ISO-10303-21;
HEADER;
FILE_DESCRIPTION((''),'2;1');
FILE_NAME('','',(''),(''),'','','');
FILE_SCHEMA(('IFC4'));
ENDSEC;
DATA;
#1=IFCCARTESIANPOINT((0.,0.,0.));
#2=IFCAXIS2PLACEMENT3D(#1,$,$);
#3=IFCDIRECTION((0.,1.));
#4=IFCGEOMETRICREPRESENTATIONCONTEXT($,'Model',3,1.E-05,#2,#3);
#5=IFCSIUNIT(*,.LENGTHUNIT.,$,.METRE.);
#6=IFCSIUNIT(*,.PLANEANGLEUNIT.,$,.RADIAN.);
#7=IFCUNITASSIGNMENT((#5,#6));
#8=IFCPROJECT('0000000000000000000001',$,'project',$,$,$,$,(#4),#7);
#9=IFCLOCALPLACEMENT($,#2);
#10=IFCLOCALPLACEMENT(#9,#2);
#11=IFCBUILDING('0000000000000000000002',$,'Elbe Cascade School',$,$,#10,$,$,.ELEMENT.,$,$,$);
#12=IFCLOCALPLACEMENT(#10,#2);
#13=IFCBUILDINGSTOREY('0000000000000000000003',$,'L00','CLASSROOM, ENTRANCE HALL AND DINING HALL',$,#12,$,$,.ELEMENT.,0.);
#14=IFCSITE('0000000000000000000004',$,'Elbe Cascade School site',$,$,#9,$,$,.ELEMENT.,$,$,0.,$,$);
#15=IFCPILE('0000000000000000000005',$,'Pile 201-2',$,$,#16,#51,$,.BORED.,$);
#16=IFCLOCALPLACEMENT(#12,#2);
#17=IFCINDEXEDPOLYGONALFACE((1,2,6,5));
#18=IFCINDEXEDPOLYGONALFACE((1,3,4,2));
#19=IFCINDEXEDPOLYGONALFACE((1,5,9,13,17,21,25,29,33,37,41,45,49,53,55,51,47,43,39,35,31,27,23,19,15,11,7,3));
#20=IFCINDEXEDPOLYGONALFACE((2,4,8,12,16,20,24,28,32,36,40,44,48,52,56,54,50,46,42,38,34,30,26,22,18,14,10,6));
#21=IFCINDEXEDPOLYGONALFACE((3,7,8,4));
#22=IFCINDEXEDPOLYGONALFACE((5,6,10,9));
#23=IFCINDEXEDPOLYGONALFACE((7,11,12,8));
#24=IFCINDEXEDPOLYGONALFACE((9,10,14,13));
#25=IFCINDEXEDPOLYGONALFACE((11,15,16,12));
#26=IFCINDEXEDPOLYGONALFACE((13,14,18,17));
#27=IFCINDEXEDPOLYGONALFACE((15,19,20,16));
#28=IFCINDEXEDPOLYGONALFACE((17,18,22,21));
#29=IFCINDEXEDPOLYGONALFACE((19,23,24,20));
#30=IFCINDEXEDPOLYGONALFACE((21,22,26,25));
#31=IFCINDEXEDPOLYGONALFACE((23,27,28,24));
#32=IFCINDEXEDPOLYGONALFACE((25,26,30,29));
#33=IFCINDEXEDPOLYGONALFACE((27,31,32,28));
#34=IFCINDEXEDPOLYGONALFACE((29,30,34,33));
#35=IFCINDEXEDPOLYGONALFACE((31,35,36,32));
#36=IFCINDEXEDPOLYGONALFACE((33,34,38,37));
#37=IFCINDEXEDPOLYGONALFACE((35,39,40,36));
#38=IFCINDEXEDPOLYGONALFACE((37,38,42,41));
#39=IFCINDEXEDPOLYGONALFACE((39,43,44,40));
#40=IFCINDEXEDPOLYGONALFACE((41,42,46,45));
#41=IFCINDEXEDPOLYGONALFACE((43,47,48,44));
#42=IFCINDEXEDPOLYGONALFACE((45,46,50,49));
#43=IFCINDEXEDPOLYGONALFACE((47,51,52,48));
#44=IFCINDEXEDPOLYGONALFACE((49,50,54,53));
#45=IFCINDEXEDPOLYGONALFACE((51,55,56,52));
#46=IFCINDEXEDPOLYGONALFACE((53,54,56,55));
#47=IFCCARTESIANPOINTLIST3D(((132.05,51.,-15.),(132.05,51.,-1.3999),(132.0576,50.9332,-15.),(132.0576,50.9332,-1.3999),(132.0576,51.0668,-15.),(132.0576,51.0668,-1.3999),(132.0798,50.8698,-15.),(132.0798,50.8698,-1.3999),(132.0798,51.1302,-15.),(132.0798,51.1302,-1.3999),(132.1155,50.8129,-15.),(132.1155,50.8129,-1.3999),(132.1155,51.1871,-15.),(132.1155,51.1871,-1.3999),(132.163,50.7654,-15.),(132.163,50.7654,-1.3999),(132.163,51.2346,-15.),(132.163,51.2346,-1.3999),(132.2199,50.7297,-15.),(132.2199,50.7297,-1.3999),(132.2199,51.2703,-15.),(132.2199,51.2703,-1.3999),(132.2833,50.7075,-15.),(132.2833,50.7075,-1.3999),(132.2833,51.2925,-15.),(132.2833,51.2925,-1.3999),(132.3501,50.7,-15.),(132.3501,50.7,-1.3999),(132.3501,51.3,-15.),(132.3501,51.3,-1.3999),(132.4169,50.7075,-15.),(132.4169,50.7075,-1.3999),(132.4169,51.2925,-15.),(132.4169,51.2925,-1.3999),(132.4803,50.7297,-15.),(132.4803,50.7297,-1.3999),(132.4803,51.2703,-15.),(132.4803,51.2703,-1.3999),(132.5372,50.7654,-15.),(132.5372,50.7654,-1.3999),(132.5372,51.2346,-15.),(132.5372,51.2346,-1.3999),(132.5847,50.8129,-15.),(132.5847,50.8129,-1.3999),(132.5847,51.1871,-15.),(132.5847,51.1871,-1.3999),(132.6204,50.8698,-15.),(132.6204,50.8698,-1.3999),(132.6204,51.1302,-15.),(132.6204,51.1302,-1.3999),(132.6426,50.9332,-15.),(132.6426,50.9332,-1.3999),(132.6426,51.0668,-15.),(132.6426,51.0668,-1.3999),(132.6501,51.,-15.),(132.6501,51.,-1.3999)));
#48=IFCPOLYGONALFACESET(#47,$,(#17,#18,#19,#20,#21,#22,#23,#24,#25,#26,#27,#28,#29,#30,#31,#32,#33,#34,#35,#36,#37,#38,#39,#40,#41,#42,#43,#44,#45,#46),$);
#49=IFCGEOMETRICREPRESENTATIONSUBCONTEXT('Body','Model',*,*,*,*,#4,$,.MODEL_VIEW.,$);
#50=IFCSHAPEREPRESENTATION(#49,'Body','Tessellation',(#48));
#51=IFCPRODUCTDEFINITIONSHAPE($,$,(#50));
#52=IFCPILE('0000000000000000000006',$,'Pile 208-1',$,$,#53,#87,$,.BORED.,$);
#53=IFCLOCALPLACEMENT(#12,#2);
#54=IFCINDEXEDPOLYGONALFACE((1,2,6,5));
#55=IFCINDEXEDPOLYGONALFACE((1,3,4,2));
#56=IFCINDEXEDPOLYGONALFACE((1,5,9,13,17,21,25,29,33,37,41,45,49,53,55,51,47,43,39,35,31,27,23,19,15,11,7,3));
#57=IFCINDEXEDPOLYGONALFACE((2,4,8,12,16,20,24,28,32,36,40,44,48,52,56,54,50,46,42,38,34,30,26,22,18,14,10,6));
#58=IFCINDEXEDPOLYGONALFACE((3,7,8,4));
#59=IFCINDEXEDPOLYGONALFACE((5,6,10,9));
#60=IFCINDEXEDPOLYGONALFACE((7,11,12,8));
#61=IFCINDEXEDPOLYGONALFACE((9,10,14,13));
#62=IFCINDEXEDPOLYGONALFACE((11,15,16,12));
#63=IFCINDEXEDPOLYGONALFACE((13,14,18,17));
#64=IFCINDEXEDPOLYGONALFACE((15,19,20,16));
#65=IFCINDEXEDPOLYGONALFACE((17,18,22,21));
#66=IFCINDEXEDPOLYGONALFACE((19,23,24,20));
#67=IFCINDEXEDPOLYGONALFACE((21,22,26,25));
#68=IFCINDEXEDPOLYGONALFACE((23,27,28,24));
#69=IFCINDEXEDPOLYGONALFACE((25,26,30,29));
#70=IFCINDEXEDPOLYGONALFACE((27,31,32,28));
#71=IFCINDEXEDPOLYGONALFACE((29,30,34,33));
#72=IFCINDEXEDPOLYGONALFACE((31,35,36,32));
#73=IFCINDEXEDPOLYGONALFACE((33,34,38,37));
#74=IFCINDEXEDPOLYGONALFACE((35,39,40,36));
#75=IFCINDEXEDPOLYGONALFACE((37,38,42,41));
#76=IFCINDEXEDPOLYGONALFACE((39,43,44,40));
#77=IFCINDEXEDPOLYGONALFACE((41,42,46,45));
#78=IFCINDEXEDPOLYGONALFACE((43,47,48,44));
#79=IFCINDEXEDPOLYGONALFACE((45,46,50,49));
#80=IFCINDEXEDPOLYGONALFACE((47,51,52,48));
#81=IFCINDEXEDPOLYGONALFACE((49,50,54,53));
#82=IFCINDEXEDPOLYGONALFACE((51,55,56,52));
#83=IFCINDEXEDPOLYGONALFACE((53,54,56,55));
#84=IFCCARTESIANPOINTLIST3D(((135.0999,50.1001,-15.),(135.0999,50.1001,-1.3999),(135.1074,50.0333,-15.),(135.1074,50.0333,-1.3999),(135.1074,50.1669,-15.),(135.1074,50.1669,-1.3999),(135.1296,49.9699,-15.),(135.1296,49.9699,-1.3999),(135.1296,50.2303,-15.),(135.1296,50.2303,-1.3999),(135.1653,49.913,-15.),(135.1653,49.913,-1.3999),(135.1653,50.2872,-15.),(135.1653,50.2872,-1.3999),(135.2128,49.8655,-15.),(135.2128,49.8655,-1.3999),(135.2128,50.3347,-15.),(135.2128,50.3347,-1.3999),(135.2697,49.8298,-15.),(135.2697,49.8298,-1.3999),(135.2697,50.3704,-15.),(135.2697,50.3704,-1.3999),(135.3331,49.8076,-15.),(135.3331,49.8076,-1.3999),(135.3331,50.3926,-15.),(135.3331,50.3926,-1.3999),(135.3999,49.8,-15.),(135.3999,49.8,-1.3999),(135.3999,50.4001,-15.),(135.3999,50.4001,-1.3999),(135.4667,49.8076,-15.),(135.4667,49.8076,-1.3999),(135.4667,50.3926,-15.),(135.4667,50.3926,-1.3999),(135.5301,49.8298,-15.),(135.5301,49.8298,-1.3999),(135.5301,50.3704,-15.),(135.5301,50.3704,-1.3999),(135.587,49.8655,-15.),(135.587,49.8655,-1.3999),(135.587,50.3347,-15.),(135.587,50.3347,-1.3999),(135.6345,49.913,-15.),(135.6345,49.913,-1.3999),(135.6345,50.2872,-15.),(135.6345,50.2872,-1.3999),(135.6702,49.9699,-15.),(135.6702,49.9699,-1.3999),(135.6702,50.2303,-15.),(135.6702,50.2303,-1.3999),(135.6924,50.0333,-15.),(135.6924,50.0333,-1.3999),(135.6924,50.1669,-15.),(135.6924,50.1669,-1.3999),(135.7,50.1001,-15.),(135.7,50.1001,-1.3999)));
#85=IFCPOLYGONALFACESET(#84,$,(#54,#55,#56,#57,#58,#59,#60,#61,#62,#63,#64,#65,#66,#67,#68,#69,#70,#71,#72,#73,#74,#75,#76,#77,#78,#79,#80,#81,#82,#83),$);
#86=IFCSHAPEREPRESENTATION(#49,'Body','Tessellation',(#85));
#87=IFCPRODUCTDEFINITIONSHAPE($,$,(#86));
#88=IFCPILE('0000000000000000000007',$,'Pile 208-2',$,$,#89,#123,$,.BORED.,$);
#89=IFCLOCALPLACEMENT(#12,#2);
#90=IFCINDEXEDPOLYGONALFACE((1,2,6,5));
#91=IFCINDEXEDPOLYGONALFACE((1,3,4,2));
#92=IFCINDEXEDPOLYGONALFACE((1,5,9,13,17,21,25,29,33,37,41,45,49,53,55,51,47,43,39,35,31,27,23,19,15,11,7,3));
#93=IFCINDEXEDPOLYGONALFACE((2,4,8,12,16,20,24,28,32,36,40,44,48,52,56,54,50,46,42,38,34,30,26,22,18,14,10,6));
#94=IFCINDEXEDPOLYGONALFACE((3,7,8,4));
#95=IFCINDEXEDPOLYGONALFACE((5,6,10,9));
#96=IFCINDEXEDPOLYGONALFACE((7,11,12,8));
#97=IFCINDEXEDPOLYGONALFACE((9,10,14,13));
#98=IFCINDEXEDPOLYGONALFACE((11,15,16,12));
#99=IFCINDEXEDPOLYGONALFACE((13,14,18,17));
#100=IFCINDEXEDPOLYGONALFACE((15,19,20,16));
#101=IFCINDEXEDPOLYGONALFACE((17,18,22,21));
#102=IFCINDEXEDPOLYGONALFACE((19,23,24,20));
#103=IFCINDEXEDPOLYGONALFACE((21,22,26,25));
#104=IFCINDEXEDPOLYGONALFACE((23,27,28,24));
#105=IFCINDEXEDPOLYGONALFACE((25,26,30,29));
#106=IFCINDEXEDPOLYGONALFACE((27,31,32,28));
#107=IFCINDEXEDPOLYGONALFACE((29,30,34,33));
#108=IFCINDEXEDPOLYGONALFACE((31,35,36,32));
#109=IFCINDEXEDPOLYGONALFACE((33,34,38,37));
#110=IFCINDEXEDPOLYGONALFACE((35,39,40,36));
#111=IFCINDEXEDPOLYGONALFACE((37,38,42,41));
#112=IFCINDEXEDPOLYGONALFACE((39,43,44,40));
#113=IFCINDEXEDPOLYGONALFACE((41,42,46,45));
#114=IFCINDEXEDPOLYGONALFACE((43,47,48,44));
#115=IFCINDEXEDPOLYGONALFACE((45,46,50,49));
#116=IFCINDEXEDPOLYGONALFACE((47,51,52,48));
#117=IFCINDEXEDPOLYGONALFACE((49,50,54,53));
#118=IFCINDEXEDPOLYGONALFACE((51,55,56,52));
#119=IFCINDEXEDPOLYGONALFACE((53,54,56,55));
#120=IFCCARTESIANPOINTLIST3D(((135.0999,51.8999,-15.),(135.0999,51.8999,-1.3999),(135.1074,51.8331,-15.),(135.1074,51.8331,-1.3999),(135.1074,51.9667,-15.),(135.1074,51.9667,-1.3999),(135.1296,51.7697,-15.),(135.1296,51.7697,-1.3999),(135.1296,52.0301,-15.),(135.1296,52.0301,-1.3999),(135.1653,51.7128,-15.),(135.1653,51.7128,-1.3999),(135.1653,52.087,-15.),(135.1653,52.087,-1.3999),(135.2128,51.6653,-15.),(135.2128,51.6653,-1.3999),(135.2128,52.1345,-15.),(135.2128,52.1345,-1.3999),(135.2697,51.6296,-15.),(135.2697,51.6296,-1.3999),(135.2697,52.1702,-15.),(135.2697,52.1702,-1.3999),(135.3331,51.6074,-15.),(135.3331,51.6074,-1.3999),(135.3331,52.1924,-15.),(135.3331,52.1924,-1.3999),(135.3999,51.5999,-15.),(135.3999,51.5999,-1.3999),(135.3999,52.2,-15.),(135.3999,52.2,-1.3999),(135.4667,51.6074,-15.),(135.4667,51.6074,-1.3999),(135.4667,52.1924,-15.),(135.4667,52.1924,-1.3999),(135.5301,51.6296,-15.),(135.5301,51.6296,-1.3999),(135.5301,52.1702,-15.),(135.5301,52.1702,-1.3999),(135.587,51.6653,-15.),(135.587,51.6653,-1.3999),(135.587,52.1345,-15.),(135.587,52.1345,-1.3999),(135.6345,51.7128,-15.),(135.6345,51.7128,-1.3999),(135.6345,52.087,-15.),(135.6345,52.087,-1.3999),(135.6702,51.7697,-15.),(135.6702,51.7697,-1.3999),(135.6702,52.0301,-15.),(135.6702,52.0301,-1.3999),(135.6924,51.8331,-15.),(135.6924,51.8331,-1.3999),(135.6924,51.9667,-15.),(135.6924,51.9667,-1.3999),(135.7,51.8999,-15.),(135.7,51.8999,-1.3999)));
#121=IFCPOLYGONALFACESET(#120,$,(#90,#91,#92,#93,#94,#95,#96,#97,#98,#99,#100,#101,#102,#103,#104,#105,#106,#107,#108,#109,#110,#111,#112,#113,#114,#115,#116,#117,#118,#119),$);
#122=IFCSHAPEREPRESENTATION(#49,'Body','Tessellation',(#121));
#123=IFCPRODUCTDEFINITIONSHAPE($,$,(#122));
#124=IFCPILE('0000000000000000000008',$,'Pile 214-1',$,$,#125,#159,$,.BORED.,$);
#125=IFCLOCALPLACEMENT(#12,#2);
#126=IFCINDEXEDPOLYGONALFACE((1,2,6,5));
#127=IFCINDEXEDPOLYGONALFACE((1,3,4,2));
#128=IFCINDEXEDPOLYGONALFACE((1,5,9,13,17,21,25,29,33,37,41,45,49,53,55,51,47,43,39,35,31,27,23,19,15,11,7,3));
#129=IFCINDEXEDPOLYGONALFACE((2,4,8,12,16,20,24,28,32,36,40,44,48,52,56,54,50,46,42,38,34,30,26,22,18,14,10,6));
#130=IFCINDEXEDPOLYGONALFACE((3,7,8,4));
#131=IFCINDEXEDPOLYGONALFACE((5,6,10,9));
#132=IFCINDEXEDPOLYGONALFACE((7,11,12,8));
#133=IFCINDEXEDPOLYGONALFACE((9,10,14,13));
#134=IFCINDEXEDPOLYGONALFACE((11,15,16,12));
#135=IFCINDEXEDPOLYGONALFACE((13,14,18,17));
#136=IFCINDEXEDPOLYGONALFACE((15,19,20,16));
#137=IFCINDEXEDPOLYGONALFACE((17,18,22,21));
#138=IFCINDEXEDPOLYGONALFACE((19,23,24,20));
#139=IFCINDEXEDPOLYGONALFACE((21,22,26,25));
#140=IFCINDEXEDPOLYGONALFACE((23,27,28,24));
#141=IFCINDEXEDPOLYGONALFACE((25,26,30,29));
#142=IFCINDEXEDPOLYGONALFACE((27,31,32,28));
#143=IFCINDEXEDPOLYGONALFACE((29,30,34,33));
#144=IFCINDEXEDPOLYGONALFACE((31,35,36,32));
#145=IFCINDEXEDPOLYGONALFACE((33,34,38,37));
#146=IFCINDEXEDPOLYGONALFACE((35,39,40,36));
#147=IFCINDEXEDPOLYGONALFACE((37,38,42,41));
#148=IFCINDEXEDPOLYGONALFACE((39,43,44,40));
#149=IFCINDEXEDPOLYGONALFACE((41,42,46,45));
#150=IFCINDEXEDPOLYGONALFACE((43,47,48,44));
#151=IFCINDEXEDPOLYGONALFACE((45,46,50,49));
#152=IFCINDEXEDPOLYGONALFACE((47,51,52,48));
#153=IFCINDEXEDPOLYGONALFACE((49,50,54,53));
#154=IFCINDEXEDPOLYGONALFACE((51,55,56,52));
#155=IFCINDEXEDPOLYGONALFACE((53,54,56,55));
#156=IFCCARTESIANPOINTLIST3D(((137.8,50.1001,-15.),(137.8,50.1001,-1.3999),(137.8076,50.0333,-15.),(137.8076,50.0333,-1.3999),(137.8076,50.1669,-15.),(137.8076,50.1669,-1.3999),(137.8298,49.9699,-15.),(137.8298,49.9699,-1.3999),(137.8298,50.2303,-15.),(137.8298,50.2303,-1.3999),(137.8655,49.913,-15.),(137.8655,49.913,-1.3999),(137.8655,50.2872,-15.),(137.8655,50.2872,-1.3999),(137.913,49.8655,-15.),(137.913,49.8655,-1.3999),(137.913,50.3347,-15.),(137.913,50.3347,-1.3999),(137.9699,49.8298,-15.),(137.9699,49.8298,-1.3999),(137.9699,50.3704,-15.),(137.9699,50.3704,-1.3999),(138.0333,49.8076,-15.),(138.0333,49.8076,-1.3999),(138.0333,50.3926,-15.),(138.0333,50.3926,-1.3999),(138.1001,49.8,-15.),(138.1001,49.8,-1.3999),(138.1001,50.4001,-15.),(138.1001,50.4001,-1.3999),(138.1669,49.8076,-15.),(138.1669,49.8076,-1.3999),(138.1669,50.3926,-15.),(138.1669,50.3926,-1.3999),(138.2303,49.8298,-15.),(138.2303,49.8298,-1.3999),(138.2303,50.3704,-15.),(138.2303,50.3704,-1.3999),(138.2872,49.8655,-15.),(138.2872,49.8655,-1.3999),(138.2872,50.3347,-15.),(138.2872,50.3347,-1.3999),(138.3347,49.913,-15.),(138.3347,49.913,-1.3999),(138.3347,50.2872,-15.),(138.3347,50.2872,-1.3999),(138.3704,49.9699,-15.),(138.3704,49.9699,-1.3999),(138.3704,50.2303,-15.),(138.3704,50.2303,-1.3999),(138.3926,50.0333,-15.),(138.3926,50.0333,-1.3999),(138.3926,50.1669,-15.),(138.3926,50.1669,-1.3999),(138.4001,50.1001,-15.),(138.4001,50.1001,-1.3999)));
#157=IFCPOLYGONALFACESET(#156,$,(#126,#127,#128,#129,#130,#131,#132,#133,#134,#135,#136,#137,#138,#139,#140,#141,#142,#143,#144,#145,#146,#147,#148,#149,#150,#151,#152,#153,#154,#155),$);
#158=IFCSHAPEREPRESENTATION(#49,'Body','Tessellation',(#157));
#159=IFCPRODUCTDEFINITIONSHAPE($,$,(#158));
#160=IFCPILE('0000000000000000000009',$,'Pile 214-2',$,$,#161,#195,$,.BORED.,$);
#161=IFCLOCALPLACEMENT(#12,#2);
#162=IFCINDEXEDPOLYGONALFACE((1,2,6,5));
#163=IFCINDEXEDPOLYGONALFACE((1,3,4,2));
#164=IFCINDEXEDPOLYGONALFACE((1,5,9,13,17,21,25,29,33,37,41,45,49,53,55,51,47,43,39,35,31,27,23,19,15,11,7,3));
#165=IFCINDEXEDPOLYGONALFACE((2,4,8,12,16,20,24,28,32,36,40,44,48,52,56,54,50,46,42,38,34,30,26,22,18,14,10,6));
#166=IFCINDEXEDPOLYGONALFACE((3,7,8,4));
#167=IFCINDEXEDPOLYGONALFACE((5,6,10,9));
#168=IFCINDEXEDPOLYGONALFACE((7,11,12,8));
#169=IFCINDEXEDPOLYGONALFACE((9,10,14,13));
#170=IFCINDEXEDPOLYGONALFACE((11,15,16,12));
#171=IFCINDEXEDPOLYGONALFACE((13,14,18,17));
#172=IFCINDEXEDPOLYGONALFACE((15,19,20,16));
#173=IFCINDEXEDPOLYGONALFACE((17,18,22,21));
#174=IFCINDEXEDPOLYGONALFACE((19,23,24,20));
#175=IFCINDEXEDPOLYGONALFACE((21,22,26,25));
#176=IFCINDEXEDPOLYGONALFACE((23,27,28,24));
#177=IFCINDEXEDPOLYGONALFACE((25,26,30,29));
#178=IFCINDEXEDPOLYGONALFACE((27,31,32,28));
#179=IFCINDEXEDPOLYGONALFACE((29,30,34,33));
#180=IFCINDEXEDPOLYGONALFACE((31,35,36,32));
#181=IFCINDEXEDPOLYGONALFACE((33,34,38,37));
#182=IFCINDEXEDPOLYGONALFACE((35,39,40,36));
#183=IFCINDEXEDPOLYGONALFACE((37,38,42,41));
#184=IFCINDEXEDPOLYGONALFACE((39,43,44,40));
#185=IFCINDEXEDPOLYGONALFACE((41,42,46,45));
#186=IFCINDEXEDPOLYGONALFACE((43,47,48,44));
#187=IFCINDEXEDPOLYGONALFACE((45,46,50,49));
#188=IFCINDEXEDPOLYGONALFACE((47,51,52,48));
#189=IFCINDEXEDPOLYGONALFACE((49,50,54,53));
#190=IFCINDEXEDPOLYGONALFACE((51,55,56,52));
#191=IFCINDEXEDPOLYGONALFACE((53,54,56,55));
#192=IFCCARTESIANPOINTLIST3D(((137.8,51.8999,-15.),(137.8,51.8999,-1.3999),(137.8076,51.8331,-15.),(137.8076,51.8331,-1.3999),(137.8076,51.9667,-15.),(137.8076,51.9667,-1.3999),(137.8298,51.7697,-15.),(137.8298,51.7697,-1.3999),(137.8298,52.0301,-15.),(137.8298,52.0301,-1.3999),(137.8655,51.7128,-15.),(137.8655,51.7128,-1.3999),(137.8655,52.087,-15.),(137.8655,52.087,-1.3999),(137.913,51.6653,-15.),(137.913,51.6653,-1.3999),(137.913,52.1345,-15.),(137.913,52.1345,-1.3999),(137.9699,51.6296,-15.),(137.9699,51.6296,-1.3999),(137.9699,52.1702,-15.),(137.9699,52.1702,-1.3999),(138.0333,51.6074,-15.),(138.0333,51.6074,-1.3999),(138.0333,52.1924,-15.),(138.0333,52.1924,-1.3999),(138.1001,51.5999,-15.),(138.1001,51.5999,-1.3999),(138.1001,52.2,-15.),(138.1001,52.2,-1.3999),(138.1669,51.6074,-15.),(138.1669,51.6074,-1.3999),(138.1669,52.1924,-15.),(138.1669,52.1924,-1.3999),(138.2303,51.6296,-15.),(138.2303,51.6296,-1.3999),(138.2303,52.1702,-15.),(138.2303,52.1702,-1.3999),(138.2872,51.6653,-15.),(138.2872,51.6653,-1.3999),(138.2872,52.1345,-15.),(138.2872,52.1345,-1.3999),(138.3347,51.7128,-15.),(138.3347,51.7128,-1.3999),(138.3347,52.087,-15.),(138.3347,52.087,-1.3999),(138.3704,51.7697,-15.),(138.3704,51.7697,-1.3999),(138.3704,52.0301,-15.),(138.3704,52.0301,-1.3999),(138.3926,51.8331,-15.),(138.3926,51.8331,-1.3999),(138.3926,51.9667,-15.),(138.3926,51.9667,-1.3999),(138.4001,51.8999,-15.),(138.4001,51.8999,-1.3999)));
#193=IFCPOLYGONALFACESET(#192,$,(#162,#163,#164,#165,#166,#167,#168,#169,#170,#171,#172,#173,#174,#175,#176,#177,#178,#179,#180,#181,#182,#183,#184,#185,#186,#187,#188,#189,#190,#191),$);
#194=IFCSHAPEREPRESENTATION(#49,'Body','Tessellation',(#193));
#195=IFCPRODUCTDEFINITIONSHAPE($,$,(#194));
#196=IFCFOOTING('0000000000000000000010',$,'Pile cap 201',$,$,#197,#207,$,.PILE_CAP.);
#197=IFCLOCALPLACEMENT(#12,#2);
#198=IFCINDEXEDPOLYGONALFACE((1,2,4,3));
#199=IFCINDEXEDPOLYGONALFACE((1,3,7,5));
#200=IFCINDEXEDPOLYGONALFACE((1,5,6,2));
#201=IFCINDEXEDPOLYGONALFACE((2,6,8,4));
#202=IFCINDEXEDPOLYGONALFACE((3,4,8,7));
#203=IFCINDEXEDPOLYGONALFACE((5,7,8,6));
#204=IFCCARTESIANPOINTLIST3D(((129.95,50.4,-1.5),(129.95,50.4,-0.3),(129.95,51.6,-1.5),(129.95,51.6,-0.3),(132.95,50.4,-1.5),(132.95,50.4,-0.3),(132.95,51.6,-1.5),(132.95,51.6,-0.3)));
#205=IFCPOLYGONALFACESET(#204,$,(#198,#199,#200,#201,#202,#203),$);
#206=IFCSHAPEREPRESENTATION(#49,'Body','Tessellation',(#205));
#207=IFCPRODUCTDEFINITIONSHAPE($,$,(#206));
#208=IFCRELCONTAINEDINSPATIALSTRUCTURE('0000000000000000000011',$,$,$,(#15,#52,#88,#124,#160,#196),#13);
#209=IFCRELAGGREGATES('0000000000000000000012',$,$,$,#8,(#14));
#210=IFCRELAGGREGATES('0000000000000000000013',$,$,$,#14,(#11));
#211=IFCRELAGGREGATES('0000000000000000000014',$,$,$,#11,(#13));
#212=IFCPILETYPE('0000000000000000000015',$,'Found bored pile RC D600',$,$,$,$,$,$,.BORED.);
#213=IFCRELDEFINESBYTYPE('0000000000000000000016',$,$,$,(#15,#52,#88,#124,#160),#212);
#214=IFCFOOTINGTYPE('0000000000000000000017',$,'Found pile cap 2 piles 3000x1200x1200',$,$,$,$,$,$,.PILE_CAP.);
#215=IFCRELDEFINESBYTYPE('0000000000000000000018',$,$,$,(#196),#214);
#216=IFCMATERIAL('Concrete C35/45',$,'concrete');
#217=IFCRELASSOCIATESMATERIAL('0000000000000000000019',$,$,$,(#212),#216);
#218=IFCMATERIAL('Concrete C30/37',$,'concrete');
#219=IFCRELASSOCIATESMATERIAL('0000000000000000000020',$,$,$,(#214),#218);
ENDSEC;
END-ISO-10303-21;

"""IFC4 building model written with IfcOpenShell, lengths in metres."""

from ifc_helpers import new_model, si_unit, direction, frame, origin, origin_2d, place, context, subcontext, project, spatial, rectangle, circle, extrude, material, material_profile, profile_set, type_object, element, save


model = new_model("IFC4")

# Units and contexts
model_context = context("Model", 3, precision=1e-05, world=origin(), true_north=direction((0.0, 1.0)))
body_context = subcontext(model_context, "Body", "Model", "MODEL_VIEW")
ifc_project = project(units=[si_unit("LENGTHUNIT", "METRE"), si_unit("PLANEANGLEUNIT", "RADIAN")], contexts=[model_context])

# Site, building, storey
site_placement = place(None, origin())
site = spatial("IfcSite", under=ifc_project, at=site_placement, Name="Elbe Cascade School site", CompositionType="ELEMENT", RefElevation=0.0)
building_placement = place(site_placement, origin())
building = spatial("IfcBuilding", under=site, at=building_placement, Name="Elbe Cascade School", CompositionType="ELEMENT")
storey_placement = place(building_placement, origin())
storey = spatial("IfcBuildingStorey", under=building, at=storey_placement, Name="L00", Description="CLASSROOM, ENTRANCE HALL AND DINING HALL", CompositionType="ELEMENT", Elevation=0.0)

# Piles
ifc_material_1 = material(Name="Concrete C35/45", Category="concrete")
ifc_material_profile_1 = material_profile(ifc_material_1, circle(Radius=0.3, at=origin_2d()), Name="RC D600")
ifc_profile_set_1 = profile_set([ifc_material_profile_1], Name="Concrete C35/45")
pile_type = type_object("IfcPileType", Name="Found bored pile RC D600", PredefinedType="BORED", material=ifc_profile_set_1)
for number, where, z_axis, x_axis, name in (
    (1, (132.3501, 51.0, -1.3999), (0.0, 0.0, -1.0), (1.0, 0.0, 0.0), "Pile 201-2"),
    (2, (135.3999, 50.1001, -1.3999), (0.0, 0.0, -1.0), (1.0, 0.0, 0.0), "Pile 208-1"),
    (3, (135.3999, 51.8999, -1.3999), (0.0, 0.0, -1.0), (1.0, 0.0, 0.0), "Pile 208-2"),
    (4, (138.1001, 50.1001, -1.3999), (0.0, 0.0, -1.0), (1.0, 0.0, 0.0), "Pile 214-1"),
    (5, (138.1001, 51.8999, -1.3999), (0.0, 0.0, -1.0), (1.0, 0.0, 0.0), "Pile 214-2"),
):
    element("IfcPile", number, at=place(storey_placement, frame(where, z_axis=z_axis, x_axis=x_axis)), inside=storey, type_object=pile_type, Name=name, PredefinedType="BORED", context=body_context, shape_type="SweptSolid", body=[
        extrude(circle(Radius=0.3, at=origin_2d()), origin(), (0.0, 0.0, 1.0), 13.6001),
    ])

# Footing
ifc_material_2 = material(Name="Concrete C30/37", Category="concrete")
footing_type = type_object("IfcFootingType", Name="Found pile cap 2 piles 3000x1200x1200", PredefinedType="PILE_CAP", material=ifc_material_2)
footing_placement = place(storey_placement, frame((131.45, 51.0, -1.5), z_axis=(0.0, 0.0, 1.0), x_axis=(1.0, 0.0, 0.0)))
element("IfcFooting", 6, at=footing_placement, inside=storey, type_object=footing_type, Name="Pile cap 201", PredefinedType="PILE_CAP", context=body_context, shape_type="SweptSolid", body=[
    extrude(rectangle(XDim=3.0, YDim=1.2, at=origin_2d()), origin(), (0.0, 0.0, 1.0), 1.2),
])

save(model, "model.ifc")
